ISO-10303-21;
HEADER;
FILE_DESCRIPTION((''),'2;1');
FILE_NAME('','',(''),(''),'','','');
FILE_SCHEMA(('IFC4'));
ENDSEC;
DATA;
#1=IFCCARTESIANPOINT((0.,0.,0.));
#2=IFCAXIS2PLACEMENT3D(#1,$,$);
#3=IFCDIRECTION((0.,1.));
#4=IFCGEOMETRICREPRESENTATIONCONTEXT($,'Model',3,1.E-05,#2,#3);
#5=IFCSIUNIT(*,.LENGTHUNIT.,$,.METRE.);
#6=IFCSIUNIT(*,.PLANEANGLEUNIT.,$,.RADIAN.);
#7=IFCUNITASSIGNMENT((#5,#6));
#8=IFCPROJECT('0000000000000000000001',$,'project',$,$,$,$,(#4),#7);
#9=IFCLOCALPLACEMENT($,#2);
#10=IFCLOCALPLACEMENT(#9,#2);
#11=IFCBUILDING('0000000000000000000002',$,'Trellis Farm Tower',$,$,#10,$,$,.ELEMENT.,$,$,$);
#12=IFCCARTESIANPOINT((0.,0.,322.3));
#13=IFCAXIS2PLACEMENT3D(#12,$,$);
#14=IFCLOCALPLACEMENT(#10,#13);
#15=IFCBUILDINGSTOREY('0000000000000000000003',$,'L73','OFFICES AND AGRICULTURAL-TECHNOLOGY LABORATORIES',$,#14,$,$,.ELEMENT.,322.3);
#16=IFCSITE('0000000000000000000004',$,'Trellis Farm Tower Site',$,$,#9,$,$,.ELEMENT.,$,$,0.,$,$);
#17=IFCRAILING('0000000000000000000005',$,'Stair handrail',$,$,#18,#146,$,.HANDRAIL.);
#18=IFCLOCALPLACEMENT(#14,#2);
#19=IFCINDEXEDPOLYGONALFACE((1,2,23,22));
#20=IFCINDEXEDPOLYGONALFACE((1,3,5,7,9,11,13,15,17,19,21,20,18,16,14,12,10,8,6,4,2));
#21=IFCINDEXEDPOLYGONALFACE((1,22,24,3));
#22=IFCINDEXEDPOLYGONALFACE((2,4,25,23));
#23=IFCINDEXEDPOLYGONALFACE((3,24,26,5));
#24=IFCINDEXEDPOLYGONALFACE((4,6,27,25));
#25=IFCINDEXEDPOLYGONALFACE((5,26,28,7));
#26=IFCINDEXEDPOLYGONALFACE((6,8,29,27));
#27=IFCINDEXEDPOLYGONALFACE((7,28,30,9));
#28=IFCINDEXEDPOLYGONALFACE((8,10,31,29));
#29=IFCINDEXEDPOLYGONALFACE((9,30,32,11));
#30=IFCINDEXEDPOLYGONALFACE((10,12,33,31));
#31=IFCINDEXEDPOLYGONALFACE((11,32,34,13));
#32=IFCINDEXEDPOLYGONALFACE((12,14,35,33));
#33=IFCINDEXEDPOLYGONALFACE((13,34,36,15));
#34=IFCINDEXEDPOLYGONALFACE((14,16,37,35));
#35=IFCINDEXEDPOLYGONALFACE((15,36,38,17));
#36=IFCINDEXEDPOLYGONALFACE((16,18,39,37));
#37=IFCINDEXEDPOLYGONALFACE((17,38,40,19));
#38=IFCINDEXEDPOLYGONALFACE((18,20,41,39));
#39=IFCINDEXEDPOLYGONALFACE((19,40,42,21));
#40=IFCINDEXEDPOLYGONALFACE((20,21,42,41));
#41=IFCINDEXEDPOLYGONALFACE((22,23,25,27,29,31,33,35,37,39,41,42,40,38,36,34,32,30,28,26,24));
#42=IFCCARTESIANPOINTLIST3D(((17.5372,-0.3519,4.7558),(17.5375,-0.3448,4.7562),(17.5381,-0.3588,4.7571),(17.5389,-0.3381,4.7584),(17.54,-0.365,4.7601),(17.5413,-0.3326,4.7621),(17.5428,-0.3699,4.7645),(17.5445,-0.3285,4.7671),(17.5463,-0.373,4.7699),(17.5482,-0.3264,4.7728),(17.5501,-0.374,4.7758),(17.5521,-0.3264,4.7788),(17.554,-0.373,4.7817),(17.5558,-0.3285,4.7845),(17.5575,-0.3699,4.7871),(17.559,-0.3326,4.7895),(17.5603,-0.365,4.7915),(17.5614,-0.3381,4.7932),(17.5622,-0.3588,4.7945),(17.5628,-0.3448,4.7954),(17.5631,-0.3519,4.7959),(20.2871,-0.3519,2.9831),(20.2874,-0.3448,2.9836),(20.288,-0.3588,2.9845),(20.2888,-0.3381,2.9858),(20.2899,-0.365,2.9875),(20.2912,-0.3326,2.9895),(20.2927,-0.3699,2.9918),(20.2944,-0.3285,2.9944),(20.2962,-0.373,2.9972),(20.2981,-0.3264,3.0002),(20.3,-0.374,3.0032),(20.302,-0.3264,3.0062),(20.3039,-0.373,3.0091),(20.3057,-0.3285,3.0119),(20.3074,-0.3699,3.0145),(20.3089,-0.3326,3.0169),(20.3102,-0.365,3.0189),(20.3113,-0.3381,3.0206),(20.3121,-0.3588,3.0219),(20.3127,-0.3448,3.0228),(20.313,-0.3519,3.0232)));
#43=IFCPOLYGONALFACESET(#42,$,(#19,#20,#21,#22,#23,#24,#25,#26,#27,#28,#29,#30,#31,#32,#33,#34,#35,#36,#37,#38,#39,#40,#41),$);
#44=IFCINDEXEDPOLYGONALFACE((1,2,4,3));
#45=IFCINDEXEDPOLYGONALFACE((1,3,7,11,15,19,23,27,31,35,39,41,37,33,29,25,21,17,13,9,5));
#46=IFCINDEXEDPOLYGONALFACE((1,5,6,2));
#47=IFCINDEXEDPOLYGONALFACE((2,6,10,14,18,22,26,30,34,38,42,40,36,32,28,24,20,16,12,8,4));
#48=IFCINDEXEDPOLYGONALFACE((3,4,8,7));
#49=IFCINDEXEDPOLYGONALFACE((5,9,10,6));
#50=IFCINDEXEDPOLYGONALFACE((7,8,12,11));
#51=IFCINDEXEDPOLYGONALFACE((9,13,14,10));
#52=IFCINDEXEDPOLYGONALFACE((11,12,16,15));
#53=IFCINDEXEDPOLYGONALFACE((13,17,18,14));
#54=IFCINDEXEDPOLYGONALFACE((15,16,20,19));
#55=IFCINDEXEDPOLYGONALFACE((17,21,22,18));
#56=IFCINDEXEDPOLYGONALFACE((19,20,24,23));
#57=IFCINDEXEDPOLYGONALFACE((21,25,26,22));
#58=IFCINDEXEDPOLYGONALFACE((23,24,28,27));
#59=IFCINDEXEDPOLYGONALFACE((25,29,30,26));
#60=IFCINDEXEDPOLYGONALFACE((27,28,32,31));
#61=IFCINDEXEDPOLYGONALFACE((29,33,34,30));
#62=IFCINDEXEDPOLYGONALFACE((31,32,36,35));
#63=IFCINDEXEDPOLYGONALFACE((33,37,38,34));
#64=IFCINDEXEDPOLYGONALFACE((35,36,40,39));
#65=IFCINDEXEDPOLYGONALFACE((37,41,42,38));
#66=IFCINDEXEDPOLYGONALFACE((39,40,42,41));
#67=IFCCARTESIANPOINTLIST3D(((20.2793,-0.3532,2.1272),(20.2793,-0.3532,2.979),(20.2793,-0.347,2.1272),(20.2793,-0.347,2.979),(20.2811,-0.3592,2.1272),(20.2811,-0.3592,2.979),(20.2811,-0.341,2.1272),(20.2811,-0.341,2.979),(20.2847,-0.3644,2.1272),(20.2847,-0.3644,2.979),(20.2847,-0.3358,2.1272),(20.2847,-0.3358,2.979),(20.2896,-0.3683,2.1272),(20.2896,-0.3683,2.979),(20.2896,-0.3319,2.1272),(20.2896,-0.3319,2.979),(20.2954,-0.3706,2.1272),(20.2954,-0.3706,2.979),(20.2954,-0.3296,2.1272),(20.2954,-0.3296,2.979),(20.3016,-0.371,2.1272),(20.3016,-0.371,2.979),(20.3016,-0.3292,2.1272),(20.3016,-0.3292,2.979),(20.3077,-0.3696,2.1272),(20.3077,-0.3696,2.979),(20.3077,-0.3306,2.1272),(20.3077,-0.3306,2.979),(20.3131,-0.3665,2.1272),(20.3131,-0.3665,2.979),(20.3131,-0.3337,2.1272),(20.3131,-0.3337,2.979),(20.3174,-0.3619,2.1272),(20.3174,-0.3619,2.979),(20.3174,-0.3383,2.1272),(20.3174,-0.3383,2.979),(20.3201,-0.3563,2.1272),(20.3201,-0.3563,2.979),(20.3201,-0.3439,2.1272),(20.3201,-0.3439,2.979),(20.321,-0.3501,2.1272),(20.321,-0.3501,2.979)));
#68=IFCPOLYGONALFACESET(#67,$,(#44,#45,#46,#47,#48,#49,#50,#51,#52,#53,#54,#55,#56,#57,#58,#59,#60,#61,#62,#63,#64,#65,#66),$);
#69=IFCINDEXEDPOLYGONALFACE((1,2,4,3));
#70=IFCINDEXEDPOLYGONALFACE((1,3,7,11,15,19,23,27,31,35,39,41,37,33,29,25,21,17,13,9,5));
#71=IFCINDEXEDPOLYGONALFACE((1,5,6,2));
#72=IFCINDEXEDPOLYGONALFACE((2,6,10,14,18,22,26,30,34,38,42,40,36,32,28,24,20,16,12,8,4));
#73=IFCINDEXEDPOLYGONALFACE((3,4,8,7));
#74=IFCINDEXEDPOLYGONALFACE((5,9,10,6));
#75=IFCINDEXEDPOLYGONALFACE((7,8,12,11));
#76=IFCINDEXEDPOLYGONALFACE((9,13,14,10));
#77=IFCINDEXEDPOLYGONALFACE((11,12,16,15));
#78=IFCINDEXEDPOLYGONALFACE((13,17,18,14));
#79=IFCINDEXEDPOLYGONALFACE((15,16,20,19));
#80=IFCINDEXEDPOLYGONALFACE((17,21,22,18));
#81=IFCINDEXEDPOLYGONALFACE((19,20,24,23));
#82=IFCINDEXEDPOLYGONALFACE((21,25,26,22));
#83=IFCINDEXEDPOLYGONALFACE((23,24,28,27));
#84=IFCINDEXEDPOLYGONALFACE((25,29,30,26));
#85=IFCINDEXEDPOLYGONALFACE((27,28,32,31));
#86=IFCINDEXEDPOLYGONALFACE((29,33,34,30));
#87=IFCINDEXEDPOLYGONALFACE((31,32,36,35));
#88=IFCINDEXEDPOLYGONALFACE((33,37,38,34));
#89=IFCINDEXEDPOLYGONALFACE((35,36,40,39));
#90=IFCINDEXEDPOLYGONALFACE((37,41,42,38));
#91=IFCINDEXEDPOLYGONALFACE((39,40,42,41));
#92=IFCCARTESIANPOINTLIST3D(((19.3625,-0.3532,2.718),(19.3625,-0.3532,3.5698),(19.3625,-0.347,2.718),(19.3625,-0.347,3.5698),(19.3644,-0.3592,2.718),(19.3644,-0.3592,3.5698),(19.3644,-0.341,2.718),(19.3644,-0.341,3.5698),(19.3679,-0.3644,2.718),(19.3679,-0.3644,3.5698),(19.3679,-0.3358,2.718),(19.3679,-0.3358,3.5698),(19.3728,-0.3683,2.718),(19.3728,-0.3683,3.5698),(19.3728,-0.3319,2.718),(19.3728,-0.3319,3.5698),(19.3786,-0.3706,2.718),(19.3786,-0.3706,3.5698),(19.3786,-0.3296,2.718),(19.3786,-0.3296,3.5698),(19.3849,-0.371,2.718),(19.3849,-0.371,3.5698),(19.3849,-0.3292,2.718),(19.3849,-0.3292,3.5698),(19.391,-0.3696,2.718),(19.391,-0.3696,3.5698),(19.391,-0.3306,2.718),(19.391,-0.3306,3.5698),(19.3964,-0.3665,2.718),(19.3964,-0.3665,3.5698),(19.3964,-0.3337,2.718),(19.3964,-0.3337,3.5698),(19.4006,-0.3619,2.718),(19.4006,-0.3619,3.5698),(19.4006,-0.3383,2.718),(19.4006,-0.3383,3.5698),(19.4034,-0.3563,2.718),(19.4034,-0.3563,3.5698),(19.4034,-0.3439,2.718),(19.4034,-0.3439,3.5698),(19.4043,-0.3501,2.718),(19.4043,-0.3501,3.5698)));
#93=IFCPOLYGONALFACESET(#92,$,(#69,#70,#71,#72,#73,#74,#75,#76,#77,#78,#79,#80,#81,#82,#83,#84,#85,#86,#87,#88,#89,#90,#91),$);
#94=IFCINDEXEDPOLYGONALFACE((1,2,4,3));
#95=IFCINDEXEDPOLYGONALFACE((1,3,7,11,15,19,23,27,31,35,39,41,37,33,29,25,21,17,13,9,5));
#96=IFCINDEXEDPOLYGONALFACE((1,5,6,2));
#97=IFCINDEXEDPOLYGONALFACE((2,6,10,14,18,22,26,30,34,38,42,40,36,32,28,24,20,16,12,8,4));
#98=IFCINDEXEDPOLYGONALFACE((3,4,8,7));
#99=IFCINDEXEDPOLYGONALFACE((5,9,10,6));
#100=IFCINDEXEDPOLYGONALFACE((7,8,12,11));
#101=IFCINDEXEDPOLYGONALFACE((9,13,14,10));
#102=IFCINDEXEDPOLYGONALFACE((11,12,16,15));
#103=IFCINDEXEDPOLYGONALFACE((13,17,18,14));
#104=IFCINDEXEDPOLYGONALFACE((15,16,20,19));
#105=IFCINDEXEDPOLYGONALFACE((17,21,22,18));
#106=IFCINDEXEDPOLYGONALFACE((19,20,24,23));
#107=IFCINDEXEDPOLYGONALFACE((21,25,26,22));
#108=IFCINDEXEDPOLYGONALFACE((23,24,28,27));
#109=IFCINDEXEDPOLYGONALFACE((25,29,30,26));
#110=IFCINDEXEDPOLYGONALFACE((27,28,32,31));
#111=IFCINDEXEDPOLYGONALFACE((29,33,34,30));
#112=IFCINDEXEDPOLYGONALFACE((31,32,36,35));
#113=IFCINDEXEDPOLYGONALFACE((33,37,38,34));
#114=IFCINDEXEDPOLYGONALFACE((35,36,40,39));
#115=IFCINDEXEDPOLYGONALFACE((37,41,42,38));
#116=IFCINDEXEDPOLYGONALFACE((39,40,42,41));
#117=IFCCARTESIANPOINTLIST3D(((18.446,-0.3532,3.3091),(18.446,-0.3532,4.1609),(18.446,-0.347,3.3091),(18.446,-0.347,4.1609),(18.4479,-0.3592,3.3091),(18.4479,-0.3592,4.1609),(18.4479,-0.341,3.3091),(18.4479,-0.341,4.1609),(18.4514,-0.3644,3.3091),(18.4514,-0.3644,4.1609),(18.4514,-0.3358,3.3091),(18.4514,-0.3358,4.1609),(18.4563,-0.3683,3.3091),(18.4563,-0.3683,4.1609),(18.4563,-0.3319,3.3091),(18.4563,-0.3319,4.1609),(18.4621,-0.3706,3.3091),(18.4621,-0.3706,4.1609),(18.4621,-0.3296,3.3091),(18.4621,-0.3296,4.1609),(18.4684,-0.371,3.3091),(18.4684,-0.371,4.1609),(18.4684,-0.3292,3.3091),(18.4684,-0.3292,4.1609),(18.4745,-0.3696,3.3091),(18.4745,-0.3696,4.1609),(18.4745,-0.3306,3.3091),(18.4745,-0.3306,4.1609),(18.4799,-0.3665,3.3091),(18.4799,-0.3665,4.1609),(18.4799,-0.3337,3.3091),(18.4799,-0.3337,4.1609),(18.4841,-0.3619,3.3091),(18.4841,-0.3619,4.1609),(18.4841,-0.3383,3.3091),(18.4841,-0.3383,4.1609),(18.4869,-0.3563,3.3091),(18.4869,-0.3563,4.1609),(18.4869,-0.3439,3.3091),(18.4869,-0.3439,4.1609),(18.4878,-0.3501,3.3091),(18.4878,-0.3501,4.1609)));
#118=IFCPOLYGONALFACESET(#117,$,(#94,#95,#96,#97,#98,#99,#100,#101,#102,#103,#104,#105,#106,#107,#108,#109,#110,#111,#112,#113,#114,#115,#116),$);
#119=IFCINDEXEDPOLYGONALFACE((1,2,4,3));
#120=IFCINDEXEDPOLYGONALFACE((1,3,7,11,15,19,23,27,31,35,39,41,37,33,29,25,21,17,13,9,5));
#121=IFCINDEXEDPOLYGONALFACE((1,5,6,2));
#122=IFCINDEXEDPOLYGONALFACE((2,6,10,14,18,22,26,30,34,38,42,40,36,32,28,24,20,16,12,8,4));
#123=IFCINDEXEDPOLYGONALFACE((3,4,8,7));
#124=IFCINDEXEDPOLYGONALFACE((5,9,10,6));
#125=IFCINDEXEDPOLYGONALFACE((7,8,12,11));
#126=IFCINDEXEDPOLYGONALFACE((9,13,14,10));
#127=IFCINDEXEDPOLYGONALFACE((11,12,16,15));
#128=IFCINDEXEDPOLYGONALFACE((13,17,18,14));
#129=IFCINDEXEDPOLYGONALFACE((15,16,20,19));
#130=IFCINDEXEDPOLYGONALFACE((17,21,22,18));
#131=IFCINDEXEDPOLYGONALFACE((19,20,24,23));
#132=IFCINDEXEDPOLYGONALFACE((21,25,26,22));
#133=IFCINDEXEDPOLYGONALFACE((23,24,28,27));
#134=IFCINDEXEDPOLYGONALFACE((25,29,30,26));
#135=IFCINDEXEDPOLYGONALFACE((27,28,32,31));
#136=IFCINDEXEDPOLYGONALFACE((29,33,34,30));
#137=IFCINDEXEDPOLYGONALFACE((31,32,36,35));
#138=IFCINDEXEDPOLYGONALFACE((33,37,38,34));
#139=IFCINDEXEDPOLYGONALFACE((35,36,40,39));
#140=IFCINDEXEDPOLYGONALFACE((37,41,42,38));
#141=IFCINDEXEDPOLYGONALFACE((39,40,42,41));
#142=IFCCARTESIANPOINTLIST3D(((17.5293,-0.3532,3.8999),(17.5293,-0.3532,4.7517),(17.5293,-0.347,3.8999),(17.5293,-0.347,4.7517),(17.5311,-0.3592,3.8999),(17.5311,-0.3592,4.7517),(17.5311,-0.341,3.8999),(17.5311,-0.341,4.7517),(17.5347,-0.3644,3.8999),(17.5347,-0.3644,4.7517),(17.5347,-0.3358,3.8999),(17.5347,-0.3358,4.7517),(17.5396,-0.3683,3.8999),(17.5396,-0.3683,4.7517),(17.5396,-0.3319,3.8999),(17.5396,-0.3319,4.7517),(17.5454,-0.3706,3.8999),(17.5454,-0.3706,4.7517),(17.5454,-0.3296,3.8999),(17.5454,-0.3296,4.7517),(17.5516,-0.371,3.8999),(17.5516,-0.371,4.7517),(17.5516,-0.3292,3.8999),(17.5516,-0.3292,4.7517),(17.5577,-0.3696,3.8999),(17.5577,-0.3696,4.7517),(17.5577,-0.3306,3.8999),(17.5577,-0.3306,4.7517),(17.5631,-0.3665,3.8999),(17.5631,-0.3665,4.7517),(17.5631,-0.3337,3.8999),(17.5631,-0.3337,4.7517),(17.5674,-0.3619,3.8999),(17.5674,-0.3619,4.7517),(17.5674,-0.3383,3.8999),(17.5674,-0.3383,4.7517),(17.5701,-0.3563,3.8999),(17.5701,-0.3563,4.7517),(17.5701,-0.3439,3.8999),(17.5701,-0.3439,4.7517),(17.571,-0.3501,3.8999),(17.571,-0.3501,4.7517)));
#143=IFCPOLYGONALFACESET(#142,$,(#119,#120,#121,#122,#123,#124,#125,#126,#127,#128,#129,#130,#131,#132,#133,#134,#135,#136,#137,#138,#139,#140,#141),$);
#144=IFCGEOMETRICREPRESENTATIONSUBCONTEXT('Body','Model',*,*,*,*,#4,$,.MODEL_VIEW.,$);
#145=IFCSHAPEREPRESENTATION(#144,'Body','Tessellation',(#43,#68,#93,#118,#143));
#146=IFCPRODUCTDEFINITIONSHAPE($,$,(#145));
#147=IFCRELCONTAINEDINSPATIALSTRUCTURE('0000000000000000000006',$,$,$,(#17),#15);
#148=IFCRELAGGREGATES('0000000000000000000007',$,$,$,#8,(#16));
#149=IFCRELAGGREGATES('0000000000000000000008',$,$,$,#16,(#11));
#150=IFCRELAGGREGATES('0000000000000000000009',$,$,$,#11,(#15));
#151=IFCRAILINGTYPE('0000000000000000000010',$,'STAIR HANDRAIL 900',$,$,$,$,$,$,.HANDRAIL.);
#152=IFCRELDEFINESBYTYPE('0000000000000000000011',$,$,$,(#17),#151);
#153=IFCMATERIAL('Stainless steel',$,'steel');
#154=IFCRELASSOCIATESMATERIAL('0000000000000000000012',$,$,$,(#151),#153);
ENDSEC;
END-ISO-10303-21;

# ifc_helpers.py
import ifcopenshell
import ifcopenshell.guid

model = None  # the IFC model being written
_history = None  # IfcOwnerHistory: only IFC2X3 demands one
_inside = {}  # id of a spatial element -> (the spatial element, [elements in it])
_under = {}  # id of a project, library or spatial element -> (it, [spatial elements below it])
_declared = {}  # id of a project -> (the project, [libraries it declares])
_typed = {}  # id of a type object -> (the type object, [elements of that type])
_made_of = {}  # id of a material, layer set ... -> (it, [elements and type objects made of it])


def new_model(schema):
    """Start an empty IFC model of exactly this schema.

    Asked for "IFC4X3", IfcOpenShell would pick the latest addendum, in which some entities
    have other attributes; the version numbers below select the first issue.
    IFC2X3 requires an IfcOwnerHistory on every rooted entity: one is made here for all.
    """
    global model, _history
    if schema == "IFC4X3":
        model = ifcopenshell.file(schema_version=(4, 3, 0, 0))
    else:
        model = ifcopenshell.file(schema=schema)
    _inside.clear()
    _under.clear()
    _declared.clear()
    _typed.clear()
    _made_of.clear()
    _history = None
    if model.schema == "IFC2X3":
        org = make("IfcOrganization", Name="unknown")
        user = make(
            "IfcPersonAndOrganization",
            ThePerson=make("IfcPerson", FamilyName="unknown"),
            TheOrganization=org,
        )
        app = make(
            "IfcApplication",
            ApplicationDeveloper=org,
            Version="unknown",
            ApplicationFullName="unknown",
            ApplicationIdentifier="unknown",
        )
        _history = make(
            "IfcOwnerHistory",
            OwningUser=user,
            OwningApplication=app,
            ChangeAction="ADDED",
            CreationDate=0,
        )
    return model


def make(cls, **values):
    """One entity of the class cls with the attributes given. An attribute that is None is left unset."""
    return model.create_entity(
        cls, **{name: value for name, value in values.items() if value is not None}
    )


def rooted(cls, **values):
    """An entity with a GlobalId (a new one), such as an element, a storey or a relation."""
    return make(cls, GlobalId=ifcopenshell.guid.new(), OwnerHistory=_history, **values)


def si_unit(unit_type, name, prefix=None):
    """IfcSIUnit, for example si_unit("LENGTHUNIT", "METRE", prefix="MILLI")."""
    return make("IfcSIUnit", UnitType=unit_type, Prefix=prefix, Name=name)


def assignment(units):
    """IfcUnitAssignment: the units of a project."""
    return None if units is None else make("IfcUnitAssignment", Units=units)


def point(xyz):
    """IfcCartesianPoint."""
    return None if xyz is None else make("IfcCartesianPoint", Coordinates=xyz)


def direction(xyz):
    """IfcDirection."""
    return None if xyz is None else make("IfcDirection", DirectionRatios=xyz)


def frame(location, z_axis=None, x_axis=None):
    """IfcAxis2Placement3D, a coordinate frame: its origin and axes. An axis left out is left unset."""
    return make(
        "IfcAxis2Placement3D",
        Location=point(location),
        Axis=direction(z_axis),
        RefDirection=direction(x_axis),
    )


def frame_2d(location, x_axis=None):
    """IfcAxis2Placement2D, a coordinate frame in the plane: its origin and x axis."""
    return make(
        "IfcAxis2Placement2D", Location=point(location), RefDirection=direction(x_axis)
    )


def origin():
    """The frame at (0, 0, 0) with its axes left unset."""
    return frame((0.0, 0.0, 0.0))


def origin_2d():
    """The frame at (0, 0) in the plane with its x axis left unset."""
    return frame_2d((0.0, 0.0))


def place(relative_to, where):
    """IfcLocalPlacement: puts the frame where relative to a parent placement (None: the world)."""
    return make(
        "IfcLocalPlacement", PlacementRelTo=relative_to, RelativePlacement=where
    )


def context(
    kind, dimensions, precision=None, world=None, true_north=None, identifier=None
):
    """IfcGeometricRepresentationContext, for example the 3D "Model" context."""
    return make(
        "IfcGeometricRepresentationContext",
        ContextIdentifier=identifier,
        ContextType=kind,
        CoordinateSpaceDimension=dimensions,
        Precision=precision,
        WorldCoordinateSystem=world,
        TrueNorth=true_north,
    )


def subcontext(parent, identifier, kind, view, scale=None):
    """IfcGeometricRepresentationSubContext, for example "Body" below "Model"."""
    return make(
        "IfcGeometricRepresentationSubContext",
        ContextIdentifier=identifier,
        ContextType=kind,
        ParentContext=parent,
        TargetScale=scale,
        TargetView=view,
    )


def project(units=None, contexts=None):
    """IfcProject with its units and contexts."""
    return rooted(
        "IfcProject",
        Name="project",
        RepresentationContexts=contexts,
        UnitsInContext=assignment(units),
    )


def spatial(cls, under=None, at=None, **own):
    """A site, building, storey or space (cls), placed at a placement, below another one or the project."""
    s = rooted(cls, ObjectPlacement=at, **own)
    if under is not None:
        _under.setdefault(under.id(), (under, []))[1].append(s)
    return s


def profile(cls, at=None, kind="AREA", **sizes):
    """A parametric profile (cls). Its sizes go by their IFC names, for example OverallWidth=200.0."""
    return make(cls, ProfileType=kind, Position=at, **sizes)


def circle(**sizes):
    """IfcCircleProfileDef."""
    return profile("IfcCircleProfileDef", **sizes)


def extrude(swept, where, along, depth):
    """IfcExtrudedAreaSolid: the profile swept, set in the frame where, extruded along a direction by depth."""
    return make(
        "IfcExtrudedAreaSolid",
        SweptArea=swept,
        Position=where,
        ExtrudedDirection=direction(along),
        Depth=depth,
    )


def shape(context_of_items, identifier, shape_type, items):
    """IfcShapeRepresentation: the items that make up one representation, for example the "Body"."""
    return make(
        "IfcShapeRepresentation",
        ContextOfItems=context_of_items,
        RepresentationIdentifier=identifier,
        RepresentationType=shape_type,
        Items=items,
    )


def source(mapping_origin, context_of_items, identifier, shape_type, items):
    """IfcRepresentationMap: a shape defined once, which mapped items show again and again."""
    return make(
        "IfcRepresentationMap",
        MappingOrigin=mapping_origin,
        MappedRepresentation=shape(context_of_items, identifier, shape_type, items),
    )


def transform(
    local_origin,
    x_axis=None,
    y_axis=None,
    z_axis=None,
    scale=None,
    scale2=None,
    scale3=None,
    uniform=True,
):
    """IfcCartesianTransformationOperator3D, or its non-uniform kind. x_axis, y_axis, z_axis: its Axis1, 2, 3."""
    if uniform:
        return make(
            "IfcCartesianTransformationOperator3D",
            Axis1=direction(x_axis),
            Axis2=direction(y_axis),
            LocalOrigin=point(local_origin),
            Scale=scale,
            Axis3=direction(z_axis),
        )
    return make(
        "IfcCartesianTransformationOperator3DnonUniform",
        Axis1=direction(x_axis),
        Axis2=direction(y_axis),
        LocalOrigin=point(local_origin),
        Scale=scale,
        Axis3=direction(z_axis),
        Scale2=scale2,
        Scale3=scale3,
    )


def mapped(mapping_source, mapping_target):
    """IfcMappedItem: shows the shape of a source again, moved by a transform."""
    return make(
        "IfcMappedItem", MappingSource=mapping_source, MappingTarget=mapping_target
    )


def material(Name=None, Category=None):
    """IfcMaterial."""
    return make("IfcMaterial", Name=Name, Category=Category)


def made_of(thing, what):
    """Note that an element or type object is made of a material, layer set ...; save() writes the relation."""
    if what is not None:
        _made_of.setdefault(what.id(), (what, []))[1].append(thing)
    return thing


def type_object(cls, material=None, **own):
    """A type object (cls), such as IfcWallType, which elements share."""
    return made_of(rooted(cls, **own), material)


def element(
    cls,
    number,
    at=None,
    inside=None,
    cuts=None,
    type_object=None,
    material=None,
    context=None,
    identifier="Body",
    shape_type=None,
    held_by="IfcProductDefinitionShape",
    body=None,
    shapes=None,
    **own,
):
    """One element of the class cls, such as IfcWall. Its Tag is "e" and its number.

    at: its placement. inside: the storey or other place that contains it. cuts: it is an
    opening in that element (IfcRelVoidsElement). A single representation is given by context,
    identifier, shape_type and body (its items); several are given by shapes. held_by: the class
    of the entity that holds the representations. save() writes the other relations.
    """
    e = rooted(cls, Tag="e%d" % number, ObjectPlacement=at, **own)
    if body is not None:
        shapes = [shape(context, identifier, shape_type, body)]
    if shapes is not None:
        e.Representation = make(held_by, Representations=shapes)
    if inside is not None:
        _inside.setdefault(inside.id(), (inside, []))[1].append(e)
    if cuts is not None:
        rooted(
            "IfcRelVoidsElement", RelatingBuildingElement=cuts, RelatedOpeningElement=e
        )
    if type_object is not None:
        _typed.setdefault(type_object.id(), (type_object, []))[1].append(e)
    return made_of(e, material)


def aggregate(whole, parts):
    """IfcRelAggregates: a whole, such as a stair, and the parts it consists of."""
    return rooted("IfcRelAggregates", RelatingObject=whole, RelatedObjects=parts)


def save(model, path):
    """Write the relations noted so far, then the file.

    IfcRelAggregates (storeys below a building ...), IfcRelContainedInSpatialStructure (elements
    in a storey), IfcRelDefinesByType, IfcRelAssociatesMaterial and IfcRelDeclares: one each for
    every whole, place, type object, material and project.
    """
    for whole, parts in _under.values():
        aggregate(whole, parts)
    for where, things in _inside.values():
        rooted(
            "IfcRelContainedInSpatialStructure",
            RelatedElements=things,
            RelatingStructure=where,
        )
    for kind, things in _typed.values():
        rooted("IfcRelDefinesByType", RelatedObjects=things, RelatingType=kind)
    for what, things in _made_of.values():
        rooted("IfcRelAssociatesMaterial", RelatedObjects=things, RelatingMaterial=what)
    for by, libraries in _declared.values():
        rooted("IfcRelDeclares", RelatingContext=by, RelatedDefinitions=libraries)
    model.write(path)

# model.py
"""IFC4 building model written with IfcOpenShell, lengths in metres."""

from ifc_helpers import new_model, si_unit, direction, frame, origin, origin_2d, place, context, subcontext, project, spatial, circle, extrude, source, transform, mapped, material, type_object, element, save


model = new_model("IFC4")

# Units and contexts
model_context = context("Model", 3, precision=1e-05, world=origin(), true_north=direction((0.0, 1.0)))
body_context = subcontext(model_context, "Body", "Model", "MODEL_VIEW")
ifc_project = project(units=[si_unit("LENGTHUNIT", "METRE"), si_unit("PLANEANGLEUNIT", "RADIAN")], contexts=[model_context])

# Site, building, storey
site_placement = place(None, origin())
site = spatial("IfcSite", under=ifc_project, at=site_placement, Name="Trellis Farm Tower Site", CompositionType="ELEMENT", RefElevation=0.0)
building_placement = place(site_placement, origin())
building = spatial("IfcBuilding", under=site, at=building_placement, Name="Trellis Farm Tower", CompositionType="ELEMENT")
storey_placement = place(building_placement, frame((0.0, 0.0, 322.3)))
storey = spatial("IfcBuildingStorey", under=building, at=storey_placement, Name="L73", Description="OFFICES AND AGRICULTURAL-TECHNOLOGY LABORATORIES", CompositionType="ELEMENT", Elevation=322.3)

# Railing
ifc_material_1 = material(Name="Stainless steel", Category="steel")
railing_type = type_object("IfcRailingType", Name="STAIR HANDRAIL 900", PredefinedType="HANDRAIL", material=ifc_material_1)
shared_shape_1 = source(origin(), body_context, "Body", "SweptSolid", [
    extrude(circle(Radius=0.0239, at=origin_2d()), frame((0.0, 0.0, 0.876), z_axis=(-0.840504, 0.0, 0.541806), x_axis=(0.0, -1.0, 0.0)), (0.0, 0.0, 1.0), 3.2717),
    extrude(circle(Radius=0.021, at=origin_2d()), origin(), (0.0, 0.0, 1.0), 0.8518),
    extrude(circle(Radius=0.021, at=origin_2d()), frame((-0.9167, 0.0, 0.5908)), (0.0, 0.0, 1.0), 0.8518),
    extrude(circle(Radius=0.021, at=origin_2d()), frame((-1.8333, 0.0, 1.1819)), (0.0, 0.0, 1.0), 0.8518),
    extrude(circle(Radius=0.021, at=origin_2d()), frame((-2.75, 0.0, 1.7727)), (0.0, 0.0, 1.0), 0.8518),
])
for number, where, name in (
    (1, (20.3, -0.3501, 2.1272), "Stair handrail"),
):
    element("IfcRailing", number, at=place(storey_placement, frame(where)), inside=storey, type_object=railing_type, Name=name, PredefinedType="HANDRAIL", context=body_context, shape_type="MappedRepresentation", body=[
        mapped(shared_shape_1, transform((0.0, 0.0, 0.0))),
    ])

save(model, "model.ifc")
